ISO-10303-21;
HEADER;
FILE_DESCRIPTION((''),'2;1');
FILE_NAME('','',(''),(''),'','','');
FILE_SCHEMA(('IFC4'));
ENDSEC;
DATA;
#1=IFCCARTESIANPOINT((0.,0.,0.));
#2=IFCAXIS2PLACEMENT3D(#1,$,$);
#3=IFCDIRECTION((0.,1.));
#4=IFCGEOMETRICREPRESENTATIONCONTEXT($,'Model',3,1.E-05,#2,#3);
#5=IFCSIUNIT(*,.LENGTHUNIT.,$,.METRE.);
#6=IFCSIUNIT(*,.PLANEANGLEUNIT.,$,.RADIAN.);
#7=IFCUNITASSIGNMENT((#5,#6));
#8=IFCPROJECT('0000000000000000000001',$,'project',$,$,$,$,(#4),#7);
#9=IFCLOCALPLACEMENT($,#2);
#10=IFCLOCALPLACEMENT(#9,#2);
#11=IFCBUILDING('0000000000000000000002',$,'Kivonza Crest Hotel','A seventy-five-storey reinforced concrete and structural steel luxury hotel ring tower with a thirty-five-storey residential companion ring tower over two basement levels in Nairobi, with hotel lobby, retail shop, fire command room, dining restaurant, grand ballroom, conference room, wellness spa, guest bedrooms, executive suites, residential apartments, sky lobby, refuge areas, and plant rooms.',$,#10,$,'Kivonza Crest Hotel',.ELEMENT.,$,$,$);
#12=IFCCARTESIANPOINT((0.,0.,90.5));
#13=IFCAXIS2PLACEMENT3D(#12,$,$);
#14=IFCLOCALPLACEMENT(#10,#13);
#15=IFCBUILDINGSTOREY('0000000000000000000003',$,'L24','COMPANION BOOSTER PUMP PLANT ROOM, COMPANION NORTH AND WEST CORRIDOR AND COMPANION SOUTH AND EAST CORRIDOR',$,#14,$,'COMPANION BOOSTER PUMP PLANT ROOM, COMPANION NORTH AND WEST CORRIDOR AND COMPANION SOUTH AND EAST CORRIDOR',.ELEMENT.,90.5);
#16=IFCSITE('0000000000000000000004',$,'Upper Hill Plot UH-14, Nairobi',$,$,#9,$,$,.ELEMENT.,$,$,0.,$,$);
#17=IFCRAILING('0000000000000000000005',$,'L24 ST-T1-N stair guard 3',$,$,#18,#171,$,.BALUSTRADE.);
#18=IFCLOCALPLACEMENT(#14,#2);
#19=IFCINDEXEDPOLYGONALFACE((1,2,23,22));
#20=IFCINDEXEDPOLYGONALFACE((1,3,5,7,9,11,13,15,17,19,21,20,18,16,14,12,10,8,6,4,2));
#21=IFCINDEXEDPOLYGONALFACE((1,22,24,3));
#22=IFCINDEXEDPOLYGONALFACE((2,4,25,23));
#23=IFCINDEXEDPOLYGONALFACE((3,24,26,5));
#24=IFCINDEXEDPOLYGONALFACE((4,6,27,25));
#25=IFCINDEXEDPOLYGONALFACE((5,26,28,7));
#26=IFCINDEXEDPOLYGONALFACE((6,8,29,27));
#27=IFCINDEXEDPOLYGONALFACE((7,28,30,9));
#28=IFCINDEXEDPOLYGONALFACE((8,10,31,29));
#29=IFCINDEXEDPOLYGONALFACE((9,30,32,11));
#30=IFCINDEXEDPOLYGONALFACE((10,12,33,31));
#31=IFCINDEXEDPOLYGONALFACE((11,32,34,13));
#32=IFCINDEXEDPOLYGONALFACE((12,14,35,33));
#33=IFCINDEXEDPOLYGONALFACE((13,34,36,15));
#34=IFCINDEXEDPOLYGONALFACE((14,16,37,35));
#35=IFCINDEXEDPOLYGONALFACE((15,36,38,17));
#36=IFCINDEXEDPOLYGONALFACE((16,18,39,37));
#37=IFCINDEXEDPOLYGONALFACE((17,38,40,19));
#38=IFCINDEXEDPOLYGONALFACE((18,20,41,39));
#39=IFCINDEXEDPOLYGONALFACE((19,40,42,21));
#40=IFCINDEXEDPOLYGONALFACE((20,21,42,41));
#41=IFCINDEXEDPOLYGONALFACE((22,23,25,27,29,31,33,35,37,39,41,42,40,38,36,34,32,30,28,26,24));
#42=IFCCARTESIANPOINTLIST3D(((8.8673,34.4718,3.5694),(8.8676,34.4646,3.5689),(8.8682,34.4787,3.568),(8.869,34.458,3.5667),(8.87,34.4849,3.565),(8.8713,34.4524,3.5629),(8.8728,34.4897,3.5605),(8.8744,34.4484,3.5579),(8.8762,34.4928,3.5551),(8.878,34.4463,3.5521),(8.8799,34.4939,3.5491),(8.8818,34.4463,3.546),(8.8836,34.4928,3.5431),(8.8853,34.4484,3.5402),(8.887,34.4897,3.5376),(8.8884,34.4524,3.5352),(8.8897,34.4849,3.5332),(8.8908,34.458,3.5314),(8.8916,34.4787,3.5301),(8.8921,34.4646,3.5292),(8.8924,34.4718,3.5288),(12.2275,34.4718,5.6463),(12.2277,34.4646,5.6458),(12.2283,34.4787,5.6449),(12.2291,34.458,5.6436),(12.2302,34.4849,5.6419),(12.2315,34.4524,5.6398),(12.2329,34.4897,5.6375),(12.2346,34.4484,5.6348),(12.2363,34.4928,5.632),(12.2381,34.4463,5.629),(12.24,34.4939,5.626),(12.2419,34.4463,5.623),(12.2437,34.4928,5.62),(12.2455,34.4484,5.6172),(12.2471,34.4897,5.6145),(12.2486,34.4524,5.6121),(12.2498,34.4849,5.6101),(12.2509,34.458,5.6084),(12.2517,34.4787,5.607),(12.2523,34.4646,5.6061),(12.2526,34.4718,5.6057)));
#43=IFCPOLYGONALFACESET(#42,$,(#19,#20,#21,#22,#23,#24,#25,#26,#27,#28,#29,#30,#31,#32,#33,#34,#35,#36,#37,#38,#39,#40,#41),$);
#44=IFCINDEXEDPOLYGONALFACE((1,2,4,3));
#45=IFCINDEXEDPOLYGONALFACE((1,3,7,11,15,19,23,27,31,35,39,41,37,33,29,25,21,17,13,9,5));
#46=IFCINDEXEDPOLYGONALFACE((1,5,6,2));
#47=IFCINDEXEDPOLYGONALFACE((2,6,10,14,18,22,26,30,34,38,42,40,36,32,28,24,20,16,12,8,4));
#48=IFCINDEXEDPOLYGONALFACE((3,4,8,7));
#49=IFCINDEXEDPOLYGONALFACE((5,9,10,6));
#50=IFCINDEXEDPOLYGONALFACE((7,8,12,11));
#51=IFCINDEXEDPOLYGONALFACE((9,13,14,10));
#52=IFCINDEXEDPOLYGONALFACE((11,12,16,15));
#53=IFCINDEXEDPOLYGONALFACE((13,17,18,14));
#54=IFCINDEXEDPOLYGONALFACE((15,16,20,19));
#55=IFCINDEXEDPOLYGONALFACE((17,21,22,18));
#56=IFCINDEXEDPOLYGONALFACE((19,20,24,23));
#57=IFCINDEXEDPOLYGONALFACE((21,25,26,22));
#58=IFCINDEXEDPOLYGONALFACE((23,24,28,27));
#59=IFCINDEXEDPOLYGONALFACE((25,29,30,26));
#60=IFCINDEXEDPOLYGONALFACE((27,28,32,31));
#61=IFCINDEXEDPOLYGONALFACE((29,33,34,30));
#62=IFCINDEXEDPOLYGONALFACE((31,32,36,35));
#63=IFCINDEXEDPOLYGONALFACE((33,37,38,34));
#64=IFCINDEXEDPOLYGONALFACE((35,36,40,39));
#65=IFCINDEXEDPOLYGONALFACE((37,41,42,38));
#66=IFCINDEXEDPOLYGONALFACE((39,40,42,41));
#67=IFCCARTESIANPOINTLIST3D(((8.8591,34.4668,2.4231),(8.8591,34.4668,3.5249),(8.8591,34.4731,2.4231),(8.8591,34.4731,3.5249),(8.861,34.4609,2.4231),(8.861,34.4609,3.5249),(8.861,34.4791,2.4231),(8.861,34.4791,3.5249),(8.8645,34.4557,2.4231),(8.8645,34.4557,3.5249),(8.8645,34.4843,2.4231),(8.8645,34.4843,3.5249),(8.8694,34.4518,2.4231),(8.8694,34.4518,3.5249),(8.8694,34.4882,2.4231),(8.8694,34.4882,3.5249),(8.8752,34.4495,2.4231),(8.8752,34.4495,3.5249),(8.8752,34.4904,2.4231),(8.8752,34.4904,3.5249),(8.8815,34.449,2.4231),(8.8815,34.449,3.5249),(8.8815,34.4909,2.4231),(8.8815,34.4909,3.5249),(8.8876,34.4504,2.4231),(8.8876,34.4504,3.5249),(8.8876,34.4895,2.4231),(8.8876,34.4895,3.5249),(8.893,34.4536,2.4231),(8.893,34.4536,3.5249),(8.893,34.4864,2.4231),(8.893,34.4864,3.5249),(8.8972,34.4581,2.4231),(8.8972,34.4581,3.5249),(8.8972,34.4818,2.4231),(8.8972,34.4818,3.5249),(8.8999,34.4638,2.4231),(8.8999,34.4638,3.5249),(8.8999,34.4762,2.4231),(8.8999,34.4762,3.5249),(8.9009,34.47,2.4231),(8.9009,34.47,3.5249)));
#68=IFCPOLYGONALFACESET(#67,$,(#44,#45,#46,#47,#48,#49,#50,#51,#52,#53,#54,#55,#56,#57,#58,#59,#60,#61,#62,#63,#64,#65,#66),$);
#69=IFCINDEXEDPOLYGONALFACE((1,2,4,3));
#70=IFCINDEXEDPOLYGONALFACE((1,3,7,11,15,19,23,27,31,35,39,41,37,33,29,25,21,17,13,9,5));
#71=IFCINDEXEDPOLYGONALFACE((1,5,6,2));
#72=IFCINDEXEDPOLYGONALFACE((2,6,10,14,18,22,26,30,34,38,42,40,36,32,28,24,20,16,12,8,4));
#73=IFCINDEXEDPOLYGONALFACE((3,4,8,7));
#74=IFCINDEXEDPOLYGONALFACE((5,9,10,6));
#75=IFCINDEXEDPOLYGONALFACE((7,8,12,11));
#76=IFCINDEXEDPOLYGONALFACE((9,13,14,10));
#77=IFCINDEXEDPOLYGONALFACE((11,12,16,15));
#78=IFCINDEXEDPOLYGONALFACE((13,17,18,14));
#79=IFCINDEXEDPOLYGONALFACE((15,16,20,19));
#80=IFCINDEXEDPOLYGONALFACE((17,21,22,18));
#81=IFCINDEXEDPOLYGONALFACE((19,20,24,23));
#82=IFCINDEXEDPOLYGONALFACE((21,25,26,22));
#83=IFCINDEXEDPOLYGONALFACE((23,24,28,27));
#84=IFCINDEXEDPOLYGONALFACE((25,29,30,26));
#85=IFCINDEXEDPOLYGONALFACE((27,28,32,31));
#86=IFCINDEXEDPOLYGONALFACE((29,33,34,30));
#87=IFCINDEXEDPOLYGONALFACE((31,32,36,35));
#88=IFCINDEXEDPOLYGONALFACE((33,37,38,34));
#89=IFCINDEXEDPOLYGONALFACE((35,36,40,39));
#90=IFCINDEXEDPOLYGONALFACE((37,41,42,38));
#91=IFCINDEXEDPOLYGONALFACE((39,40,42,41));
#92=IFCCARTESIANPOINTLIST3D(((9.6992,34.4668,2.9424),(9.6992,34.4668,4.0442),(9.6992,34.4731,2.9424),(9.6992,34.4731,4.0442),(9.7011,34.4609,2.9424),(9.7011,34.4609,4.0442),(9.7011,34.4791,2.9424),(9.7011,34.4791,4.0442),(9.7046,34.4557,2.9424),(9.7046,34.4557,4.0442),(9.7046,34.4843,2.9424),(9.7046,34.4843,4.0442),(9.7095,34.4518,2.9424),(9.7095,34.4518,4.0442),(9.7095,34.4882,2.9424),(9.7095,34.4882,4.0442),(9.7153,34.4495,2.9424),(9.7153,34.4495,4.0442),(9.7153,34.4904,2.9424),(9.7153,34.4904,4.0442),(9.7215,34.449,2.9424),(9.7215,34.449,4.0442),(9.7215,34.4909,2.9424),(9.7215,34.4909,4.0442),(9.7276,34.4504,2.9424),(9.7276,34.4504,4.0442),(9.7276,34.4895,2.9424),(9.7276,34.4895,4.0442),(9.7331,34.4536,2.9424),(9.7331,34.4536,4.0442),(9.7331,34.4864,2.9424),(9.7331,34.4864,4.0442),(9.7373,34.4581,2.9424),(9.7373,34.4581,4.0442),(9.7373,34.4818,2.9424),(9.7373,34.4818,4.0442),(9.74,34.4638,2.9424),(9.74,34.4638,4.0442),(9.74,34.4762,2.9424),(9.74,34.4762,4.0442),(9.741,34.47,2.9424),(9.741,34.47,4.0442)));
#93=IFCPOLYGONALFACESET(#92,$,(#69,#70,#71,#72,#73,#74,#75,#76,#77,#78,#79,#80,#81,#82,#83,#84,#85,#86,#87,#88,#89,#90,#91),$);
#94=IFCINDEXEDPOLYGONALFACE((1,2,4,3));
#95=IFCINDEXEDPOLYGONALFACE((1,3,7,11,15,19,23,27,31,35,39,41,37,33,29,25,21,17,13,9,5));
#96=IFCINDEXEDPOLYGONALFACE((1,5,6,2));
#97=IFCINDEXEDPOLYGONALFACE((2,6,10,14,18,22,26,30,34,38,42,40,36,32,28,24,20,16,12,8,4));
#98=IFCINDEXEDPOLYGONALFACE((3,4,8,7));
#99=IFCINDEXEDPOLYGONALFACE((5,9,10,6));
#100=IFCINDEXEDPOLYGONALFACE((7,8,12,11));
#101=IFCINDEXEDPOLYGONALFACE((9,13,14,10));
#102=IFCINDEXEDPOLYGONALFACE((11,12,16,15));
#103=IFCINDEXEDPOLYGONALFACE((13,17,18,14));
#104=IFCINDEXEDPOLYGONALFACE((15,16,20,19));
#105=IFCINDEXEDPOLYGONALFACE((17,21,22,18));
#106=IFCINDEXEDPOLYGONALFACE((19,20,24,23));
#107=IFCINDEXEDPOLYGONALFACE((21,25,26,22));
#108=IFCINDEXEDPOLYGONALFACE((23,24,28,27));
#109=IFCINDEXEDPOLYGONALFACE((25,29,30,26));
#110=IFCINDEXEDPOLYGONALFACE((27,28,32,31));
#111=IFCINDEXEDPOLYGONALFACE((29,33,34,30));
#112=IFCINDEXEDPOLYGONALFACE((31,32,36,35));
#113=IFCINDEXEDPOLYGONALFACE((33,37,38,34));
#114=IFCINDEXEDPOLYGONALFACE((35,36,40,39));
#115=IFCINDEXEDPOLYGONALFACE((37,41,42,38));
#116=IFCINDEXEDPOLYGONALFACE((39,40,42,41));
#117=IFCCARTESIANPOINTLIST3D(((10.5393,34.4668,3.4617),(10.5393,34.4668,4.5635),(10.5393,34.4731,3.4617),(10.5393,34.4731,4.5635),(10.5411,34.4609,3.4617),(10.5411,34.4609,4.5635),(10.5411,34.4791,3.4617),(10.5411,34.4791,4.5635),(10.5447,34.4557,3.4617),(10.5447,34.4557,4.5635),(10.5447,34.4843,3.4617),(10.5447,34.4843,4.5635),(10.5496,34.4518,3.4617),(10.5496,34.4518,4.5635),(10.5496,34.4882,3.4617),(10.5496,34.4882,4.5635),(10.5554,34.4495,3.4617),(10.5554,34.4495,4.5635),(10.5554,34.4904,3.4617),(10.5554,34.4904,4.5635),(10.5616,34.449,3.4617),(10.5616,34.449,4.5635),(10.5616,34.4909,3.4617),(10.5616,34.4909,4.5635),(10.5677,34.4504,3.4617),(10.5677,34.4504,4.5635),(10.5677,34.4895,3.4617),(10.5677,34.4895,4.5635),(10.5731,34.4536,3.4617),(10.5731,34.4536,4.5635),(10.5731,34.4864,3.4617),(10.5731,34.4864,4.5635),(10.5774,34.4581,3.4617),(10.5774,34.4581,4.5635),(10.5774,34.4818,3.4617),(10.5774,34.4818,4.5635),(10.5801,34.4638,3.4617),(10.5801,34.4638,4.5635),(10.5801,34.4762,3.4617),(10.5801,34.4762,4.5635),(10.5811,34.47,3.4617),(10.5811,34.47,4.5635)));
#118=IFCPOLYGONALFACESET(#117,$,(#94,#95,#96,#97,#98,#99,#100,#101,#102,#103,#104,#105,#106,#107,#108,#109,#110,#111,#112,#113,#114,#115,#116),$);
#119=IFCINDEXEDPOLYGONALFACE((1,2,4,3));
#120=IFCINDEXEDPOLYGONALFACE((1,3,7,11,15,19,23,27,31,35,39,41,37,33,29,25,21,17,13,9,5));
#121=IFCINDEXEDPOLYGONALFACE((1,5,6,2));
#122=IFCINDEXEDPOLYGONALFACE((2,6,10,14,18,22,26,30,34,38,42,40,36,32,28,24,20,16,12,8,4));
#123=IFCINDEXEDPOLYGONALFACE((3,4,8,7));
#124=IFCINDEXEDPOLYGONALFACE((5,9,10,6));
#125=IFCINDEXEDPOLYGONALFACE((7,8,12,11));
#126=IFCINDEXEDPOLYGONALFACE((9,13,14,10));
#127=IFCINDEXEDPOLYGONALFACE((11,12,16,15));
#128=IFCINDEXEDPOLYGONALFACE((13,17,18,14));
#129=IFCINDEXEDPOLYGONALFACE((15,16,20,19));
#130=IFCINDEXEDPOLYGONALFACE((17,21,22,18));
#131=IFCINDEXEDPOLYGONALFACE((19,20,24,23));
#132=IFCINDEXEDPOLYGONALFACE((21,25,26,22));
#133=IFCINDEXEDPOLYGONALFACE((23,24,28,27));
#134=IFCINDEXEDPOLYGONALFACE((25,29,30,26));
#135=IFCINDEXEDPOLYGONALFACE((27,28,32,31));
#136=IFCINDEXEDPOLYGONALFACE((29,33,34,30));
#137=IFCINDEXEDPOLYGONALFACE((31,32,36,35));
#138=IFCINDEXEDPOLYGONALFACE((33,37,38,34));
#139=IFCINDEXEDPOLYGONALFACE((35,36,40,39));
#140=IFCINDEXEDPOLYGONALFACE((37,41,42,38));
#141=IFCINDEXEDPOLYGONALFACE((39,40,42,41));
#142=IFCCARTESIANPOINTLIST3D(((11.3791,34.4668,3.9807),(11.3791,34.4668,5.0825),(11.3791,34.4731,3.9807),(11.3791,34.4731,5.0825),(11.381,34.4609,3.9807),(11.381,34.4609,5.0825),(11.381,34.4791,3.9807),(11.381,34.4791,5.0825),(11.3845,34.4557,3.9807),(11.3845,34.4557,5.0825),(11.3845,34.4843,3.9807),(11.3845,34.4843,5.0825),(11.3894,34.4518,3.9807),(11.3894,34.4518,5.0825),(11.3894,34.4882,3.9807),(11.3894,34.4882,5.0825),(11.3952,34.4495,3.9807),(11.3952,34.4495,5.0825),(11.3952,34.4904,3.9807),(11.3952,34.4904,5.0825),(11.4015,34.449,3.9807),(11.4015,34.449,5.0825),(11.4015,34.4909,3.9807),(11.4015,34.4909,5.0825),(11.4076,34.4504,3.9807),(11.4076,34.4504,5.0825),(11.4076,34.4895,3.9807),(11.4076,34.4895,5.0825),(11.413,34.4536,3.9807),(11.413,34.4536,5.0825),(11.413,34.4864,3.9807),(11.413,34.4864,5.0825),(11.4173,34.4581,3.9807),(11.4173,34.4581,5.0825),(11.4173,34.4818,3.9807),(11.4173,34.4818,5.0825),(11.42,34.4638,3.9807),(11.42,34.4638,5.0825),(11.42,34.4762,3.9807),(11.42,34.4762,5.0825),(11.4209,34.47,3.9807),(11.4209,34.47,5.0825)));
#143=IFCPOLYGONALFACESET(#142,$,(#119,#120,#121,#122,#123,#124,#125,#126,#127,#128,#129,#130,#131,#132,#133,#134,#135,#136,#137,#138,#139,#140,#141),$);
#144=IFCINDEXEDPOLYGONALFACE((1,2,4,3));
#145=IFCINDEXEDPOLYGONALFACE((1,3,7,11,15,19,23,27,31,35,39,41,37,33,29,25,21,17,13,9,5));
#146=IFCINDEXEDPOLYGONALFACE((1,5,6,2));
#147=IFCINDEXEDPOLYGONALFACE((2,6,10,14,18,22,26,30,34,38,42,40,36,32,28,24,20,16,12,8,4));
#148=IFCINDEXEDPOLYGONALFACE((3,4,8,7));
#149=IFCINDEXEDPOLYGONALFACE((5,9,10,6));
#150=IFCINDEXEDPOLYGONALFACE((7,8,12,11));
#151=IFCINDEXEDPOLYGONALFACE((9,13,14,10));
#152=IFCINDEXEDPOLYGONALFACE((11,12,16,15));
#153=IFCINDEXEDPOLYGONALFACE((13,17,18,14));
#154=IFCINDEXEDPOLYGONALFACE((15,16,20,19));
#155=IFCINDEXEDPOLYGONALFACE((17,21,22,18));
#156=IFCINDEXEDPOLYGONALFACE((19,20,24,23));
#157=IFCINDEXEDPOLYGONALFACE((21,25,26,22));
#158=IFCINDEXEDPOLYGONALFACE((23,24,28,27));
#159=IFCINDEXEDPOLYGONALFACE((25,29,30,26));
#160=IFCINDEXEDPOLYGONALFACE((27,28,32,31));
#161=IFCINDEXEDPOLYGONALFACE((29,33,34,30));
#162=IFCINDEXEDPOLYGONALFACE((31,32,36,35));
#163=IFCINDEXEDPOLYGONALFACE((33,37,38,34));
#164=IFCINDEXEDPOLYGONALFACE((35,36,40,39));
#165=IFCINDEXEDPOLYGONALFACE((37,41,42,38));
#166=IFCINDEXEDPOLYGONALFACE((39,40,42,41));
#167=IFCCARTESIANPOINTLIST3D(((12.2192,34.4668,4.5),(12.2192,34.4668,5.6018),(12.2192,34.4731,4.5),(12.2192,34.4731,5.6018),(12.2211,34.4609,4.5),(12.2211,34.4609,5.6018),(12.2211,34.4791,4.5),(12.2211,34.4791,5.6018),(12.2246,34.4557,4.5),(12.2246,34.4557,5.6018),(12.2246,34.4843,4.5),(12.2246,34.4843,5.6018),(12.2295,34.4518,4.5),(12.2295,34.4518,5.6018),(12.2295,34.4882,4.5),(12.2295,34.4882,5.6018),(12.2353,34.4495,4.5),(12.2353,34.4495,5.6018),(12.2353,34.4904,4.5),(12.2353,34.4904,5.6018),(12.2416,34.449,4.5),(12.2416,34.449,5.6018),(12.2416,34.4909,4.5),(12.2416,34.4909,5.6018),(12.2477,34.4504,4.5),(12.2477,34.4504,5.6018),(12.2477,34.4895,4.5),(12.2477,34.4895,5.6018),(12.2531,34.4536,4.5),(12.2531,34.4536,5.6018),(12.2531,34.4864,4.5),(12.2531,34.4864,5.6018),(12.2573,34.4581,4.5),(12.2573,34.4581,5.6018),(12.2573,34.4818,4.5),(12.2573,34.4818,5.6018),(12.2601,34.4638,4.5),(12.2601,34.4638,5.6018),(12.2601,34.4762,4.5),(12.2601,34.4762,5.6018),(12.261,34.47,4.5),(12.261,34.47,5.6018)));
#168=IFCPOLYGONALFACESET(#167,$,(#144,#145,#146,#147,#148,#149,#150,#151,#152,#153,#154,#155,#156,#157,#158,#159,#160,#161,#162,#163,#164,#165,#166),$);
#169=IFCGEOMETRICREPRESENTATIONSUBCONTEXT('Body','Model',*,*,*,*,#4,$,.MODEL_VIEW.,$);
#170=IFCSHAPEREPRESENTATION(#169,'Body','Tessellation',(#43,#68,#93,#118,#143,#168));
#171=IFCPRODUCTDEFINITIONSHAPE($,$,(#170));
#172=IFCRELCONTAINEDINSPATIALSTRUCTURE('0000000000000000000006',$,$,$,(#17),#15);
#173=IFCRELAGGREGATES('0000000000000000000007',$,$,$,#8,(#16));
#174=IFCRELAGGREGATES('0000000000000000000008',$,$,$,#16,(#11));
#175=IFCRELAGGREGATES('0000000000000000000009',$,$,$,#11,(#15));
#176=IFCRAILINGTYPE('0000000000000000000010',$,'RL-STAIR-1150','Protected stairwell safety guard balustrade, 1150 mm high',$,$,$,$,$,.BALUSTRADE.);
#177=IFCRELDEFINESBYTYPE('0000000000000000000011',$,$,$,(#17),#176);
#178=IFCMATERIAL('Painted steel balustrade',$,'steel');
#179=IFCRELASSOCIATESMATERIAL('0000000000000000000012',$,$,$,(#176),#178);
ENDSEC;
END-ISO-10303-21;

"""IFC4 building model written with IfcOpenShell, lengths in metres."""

from ifc_helpers import new_model, si_unit, direction, frame, origin, origin_2d, place, context, subcontext, project, spatial, circle, extrude, material, type_object, element, save


model = new_model("IFC4")

# Units and contexts
model_context = context("Model", 3, precision=1e-05, world=origin(), true_north=direction((0.0, 1.0)))
body_context = subcontext(model_context, "Body", "Model", "MODEL_VIEW")
ifc_project = project(units=[si_unit("LENGTHUNIT", "METRE"), si_unit("PLANEANGLEUNIT", "RADIAN")], contexts=[model_context])

# Site, building, storey
site_placement = place(None, origin())
site = spatial("IfcSite", under=ifc_project, at=site_placement, Name="Upper Hill Plot UH-14, Nairobi", CompositionType="ELEMENT", RefElevation=0.0)
building_placement = place(site_placement, origin())
building = spatial("IfcBuilding", under=site, at=building_placement, Name="Kivonza Crest Hotel", Description="A seventy-five-storey reinforced concrete and structural steel luxury hotel ring tower with a thirty-five-storey residential companion ring tower over two basement levels in Nairobi, with hotel lobby, retail shop, fire command room, dining restaurant, grand ballroom, conference room, wellness spa, guest bedrooms, executive suites, residential apartments, sky lobby, refuge areas, and plant rooms.", LongName="Kivonza Crest Hotel", CompositionType="ELEMENT")
storey_placement = place(building_placement, frame((0.0, 0.0, 90.5)))
storey = spatial("IfcBuildingStorey", under=building, at=storey_placement, Name="L24", Description="COMPANION BOOSTER PUMP PLANT ROOM, COMPANION NORTH AND WEST CORRIDOR AND COMPANION SOUTH AND EAST CORRIDOR", LongName="COMPANION BOOSTER PUMP PLANT ROOM, COMPANION NORTH AND WEST CORRIDOR AND COMPANION SOUTH AND EAST CORRIDOR", CompositionType="ELEMENT", Elevation=90.5)

# Railing
ifc_material_1 = material(Name="Painted steel balustrade", Category="steel")
railing_type_1 = type_object("IfcRailingType", Name="RL-STAIR-1150", Description="Protected stairwell safety guard balustrade, 1150 mm high", PredefinedType="BALUSTRADE", material=ifc_material_1)
railing_1_placement = place(storey_placement, frame((8.8799, 34.47, 2.4231)))
element("IfcRailing", 1, at=railing_1_placement, inside=storey, type_object=railing_type_1, Name="L24 ST-T1-N stair guard 3", PredefinedType="BALUSTRADE", context=body_context, shape_type="SweptSolid", body=[
    extrude(circle(Radius=0.0239, at=origin_2d()), frame((0.0, 0.0, 1.126), z_axis=(0.850623, 0.0, 0.525776), x_axis=(0.0, 1.0, 0.0)), (0.0, 0.0, 1.0), 3.9502),
    extrude(circle(Radius=0.021, at=origin_2d()), origin(), (0.0, 0.0, 1.0), 1.1018),
    extrude(circle(Radius=0.021, at=origin_2d()), frame((0.8401, 0.0, 0.5193)), (0.0, 0.0, 1.0), 1.1018),
    extrude(circle(Radius=0.021, at=origin_2d()), frame((1.6802, 0.0, 1.0386)), (0.0, 0.0, 1.0), 1.1018),
    extrude(circle(Radius=0.021, at=origin_2d()), frame((2.52, 0.0, 1.5576)), (0.0, 0.0, 1.0), 1.1018),
    extrude(circle(Radius=0.021, at=origin_2d()), frame((3.3601, 0.0, 2.0769)), (0.0, 0.0, 1.0), 1.1018),
])

save(model, "model.ifc")
